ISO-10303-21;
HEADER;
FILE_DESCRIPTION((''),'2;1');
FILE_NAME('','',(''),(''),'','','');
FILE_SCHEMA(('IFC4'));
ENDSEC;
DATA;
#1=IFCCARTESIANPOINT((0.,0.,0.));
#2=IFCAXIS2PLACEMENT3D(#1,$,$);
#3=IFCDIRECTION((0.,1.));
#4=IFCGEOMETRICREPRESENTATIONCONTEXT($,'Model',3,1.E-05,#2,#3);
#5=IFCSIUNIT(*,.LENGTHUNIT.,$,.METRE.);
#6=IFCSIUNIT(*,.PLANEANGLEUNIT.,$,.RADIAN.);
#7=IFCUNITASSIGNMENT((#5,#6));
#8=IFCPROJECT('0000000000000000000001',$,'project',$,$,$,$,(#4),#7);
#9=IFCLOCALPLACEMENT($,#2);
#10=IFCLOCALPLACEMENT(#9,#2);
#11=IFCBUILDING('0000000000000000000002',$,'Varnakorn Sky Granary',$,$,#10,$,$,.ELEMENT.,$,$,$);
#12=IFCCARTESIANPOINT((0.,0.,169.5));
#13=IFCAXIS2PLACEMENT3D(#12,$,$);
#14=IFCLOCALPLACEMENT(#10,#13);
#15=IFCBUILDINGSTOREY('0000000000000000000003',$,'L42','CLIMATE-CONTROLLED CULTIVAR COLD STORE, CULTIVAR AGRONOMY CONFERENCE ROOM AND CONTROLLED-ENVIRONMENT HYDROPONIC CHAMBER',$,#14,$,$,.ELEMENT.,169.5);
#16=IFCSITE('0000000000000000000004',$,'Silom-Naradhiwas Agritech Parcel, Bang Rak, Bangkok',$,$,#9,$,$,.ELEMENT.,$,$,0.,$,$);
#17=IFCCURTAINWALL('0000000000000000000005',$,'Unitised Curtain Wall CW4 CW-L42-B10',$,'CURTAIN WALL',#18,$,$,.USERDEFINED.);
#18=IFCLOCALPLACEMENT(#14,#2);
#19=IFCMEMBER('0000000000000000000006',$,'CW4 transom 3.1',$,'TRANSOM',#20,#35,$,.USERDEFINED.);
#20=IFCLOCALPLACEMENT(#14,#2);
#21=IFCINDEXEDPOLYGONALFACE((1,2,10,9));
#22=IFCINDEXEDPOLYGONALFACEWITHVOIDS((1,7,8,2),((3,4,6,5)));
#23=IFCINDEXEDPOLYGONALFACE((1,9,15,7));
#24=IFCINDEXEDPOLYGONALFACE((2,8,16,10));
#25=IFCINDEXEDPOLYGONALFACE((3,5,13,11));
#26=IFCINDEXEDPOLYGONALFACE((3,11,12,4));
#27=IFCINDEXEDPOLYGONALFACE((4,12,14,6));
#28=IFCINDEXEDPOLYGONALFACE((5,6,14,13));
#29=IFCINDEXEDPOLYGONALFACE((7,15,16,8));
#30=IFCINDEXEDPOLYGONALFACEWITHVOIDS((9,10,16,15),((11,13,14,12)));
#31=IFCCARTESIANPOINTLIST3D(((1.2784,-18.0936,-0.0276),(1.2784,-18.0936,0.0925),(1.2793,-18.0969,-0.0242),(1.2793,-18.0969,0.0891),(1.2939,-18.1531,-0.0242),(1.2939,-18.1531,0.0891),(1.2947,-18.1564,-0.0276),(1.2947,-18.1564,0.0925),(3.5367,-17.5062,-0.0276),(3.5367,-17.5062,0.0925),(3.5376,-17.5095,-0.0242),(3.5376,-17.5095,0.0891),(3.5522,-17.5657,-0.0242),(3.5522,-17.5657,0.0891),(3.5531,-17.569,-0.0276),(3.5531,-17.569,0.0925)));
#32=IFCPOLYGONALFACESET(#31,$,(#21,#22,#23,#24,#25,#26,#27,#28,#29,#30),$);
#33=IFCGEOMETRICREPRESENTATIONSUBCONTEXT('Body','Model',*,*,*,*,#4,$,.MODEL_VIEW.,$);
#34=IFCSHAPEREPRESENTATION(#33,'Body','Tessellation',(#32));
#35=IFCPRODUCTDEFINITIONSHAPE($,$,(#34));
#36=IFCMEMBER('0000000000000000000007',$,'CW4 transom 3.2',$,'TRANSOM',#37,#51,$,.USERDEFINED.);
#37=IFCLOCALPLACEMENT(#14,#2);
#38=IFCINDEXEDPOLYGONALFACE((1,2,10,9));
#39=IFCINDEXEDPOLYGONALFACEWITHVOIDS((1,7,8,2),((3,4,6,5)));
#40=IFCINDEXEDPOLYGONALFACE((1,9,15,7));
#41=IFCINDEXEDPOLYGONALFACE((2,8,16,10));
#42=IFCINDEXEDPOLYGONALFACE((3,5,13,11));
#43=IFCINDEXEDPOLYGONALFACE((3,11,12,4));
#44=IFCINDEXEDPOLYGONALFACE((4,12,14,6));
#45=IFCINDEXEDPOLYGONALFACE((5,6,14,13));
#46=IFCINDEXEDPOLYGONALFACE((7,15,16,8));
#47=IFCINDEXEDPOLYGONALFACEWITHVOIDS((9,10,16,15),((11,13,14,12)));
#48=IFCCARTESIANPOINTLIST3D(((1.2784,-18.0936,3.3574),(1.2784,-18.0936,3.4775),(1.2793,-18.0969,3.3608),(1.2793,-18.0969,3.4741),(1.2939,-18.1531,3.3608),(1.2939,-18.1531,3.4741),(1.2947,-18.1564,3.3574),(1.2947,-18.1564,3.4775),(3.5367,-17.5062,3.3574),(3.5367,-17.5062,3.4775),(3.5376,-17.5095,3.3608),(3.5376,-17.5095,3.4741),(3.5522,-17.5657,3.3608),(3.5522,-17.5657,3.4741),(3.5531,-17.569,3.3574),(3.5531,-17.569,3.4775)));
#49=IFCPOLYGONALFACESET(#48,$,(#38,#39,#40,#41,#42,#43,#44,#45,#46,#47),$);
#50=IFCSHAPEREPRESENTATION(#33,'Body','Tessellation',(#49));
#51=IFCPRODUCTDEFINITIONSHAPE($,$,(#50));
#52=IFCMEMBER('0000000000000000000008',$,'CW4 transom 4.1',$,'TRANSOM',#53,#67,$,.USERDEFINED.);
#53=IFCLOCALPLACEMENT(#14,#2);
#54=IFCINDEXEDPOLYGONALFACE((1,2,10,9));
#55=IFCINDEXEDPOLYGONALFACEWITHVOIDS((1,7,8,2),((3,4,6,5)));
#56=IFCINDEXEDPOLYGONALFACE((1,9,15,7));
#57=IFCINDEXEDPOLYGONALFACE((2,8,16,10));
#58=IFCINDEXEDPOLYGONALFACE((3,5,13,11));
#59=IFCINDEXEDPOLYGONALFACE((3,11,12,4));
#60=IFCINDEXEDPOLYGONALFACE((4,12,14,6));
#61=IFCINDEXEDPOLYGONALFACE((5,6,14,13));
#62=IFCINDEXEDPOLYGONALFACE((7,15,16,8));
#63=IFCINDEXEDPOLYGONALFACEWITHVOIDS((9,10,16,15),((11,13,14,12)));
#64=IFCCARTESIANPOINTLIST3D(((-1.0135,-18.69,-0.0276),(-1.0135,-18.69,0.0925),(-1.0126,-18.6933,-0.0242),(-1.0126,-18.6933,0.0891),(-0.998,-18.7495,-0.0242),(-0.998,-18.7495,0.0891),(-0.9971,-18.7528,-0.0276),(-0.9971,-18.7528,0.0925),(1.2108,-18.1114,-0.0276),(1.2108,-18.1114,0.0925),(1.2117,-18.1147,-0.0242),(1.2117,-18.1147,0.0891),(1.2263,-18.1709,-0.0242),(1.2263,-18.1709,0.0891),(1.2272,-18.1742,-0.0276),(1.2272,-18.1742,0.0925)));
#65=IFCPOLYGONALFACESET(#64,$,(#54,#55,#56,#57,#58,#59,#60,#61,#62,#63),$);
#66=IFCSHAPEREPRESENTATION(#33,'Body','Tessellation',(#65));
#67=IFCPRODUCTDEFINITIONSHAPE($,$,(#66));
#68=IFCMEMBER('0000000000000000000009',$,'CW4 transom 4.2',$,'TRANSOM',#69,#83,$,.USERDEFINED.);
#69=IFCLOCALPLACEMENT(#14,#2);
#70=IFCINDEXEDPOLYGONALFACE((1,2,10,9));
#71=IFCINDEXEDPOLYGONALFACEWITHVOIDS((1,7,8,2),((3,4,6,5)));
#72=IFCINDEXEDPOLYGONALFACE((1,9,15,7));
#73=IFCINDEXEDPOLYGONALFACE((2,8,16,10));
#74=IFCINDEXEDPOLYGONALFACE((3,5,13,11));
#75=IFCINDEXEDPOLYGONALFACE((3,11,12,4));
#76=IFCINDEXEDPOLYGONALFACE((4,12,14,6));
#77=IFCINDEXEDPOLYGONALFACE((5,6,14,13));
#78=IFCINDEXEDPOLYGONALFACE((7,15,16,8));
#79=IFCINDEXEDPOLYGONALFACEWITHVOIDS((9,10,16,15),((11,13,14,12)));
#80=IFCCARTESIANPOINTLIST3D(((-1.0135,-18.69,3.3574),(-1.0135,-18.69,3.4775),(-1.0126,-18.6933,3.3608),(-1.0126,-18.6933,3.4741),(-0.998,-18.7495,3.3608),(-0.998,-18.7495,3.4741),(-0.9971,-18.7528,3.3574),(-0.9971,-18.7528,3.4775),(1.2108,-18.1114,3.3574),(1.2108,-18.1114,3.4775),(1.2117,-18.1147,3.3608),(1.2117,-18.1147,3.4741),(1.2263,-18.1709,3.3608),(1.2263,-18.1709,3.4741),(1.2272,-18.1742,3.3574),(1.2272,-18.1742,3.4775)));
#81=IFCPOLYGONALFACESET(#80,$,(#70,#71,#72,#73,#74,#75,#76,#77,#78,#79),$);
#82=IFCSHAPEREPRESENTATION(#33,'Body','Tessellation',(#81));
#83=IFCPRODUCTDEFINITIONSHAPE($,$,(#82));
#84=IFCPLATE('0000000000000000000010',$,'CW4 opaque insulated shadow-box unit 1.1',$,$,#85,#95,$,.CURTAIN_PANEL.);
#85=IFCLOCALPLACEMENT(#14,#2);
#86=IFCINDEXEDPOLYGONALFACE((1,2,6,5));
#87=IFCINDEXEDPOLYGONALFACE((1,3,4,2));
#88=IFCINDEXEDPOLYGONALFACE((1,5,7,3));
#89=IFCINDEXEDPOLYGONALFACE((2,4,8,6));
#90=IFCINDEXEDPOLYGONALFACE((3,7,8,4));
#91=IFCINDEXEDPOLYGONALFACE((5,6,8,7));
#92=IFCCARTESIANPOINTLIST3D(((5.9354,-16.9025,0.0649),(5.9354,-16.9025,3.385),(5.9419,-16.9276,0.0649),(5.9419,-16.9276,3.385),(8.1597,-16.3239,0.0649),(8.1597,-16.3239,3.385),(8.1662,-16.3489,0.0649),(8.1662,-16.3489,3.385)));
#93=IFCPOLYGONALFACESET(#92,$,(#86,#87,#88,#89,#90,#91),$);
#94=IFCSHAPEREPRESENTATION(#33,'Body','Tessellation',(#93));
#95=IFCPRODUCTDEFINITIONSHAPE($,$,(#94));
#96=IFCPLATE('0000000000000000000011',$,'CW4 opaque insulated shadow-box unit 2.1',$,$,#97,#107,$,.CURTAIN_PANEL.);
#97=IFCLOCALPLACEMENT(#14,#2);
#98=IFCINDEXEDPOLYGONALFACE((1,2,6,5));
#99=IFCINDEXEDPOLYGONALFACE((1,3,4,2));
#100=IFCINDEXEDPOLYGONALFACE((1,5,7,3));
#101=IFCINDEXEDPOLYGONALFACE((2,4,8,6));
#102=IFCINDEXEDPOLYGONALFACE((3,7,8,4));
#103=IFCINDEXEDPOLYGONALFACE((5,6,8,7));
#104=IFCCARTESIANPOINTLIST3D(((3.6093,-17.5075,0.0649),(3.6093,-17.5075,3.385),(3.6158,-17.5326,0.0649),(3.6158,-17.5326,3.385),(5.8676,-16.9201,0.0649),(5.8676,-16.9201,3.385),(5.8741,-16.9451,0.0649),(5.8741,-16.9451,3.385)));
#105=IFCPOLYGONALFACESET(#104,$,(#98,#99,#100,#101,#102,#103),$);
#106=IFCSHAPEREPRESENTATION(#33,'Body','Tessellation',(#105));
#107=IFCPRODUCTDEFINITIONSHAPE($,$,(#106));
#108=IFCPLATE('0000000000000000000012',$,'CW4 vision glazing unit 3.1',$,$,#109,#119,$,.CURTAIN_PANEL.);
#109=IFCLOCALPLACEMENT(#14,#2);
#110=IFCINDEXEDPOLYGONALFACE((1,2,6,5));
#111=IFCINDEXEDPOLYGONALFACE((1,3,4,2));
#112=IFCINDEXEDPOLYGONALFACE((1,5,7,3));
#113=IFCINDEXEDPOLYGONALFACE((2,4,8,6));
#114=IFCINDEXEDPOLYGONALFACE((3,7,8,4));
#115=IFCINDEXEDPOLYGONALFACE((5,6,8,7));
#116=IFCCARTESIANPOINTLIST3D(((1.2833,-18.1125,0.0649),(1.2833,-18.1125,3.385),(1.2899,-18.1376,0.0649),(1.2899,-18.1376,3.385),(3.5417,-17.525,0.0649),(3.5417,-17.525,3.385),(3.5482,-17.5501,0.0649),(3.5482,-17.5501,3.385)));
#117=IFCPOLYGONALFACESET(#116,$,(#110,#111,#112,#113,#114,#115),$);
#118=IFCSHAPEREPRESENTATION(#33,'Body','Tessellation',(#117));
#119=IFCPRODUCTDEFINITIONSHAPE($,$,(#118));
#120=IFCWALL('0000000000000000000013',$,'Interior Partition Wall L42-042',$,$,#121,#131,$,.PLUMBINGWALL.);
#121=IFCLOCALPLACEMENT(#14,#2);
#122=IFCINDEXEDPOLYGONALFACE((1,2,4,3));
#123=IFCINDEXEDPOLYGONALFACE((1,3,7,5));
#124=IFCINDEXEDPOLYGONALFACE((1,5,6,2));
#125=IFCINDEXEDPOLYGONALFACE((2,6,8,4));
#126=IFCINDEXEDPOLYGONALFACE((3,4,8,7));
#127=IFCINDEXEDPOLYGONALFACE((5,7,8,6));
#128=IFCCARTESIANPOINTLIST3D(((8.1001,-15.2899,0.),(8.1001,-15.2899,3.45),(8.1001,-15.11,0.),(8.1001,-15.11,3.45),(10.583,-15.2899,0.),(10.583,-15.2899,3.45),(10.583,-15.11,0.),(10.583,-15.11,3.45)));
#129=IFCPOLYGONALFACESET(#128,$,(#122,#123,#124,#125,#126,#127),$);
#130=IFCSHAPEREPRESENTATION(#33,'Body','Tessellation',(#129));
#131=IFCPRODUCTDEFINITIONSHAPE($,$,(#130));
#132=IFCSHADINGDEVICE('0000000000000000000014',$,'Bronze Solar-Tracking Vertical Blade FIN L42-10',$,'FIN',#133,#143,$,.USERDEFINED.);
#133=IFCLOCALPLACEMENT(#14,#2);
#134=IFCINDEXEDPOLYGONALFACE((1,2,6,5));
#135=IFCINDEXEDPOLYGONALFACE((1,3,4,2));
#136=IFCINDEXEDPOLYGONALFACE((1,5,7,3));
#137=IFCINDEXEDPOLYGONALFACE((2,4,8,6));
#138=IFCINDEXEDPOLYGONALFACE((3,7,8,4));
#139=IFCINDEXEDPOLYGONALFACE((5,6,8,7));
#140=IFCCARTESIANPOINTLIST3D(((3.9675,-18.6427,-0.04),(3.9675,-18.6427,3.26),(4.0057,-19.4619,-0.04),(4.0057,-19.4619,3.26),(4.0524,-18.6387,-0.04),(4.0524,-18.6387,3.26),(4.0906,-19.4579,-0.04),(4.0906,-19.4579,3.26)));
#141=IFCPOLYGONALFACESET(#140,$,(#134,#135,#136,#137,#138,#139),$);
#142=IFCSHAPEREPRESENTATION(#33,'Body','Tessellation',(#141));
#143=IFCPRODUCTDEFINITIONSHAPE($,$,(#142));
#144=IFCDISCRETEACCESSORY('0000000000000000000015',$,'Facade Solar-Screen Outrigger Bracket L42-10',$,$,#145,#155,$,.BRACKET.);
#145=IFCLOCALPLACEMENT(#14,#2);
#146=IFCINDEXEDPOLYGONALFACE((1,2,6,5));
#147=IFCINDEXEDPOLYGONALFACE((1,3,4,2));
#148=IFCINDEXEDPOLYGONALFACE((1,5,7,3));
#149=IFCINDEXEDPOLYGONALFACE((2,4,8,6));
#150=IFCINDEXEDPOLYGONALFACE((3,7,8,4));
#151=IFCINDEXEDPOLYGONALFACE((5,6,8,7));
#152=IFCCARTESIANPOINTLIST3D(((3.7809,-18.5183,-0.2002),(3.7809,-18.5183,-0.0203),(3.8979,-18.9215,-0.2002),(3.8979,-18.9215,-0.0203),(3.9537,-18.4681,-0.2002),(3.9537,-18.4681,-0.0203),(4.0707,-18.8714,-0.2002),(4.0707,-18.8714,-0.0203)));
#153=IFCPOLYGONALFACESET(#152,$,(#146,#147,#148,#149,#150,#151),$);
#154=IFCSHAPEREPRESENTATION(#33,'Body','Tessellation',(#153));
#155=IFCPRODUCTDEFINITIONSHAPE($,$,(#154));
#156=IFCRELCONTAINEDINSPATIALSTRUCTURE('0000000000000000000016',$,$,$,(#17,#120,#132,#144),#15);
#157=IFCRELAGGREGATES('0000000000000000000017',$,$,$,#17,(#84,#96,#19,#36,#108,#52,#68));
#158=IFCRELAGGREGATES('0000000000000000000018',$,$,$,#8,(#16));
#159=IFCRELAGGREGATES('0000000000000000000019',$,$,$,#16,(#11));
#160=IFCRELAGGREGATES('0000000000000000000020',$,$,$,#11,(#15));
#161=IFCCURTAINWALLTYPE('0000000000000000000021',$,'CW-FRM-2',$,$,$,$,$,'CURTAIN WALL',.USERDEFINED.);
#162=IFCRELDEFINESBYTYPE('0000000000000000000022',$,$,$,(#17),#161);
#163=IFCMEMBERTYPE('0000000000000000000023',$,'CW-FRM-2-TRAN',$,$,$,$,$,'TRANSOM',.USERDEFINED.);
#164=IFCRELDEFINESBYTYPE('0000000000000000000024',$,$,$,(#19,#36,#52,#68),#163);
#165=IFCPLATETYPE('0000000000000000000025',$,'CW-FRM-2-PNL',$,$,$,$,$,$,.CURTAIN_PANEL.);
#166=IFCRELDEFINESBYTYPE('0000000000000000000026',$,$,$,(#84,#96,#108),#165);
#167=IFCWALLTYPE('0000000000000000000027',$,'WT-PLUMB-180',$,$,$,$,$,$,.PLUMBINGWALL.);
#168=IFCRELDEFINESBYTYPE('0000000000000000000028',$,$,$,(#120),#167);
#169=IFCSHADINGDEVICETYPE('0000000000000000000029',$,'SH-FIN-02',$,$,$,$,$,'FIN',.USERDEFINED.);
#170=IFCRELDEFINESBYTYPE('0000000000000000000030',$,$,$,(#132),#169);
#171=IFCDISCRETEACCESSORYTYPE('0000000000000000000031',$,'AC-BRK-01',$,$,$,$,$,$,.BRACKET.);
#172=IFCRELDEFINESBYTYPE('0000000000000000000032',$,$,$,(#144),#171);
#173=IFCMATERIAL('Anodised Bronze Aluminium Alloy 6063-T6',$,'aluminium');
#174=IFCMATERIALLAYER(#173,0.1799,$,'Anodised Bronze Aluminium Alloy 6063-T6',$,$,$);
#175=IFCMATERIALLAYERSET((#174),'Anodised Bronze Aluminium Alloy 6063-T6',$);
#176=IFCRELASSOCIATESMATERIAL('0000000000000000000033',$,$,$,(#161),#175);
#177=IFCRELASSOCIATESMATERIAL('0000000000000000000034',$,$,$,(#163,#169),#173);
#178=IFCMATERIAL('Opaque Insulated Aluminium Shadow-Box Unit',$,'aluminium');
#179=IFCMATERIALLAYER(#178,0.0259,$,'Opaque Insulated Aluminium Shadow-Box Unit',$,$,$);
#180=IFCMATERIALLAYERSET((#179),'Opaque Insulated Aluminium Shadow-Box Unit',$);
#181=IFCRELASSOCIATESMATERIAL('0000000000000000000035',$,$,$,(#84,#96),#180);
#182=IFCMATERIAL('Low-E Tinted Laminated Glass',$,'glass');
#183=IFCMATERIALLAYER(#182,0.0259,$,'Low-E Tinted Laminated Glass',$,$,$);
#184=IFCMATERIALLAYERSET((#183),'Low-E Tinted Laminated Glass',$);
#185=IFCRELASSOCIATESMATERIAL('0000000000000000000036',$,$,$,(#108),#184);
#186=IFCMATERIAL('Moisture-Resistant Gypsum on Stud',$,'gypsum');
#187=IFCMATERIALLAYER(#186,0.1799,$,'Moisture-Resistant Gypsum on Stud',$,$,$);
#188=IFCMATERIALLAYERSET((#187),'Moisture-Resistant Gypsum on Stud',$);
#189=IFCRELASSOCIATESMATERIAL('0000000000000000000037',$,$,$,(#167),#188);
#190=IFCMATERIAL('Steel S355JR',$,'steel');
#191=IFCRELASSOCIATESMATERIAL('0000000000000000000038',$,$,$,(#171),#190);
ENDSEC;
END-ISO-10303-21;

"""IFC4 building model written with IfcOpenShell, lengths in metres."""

from ifc_helpers import new_model, si_unit, direction, frame, frame_2d, origin, origin_2d, place, context, subcontext, project, spatial, rectangle, hollow_rectangle, extrude, source, transform, mapped, material, layer, layer_set, material_profile, profile_set, type_object, type_shapes, element, aggregate, save


model = new_model("IFC4")

# Units and contexts
model_context = context("Model", 3, precision=1e-05, world=origin(), true_north=direction((0.0, 1.0)))
body_context = subcontext(model_context, "Body", "Model", "MODEL_VIEW")
ifc_project = project(units=[si_unit("LENGTHUNIT", "METRE"), si_unit("PLANEANGLEUNIT", "RADIAN")], contexts=[model_context])

# Site, building, storey
site_placement = place(None, origin())
site = spatial("IfcSite", under=ifc_project, at=site_placement, Name="Silom-Naradhiwas Agritech Parcel, Bang Rak, Bangkok", CompositionType="ELEMENT", RefElevation=0.0)
building_placement = place(site_placement, origin())
building = spatial("IfcBuilding", under=site, at=building_placement, Name="Varnakorn Sky Granary", CompositionType="ELEMENT")
storey_placement = place(building_placement, frame((0.0, 0.0, 169.5)))
storey = spatial("IfcBuildingStorey", under=building, at=storey_placement, Name="L42", Description="CLIMATE-CONTROLLED CULTIVAR COLD STORE, CULTIVAR AGRONOMY CONFERENCE ROOM AND CONTROLLED-ENVIRONMENT HYDROPONIC CHAMBER", CompositionType="ELEMENT", Elevation=169.5)

# Shared definitions
ifc_material_1 = material(Name="Steel S355JR", Category="steel")

# Curtain wall, members, plates
ifc_material_2 = material(Name="Anodised Bronze Aluminium Alloy 6063-T6", Category="aluminium")
ifc_layer_1 = layer(ifc_material_2, 0.1799, Name="Anodised Bronze Aluminium Alloy 6063-T6")
ifc_layer_set_1 = layer_set([ifc_layer_1], Name="Anodised Bronze Aluminium Alloy 6063-T6")
curtain_wall_type = type_object("IfcCurtainWallType", Name="CW-FRM-2", ElementType="CURTAIN WALL", PredefinedType="USERDEFINED", material=ifc_layer_set_1)
curtain_wall_placement = place(storey_placement, origin())
curtain_wall = element("IfcCurtainWall", 1, at=curtain_wall_placement, inside=storey, type_object=curtain_wall_type, Name="Unitised Curtain Wall CW4 CW-L42-B10", ObjectType="CURTAIN WALL", PredefinedType="USERDEFINED")
ifc_material_profile_1 = material_profile(ifc_material_2, hollow_rectangle(XDim=0.0649, YDim=0.1201, WallThickness=0.0034, at=origin_2d()), Name="ALU TRAN 65x120")
ifc_profile_set_1 = profile_set([ifc_material_profile_1], Name="Anodised Bronze Aluminium Alloy 6063-T6")
member_type_1 = type_object("IfcMemberType", Name="CW-FRM-2-TRAN", ElementType="TRANSOM", PredefinedType="USERDEFINED", material=ifc_profile_set_1)
member_1_placement = place(storey_placement, frame((3.5449, -17.5376, 0.0325), z_axis=(-0.967797, -0.251732, 0.0), x_axis=(0.251732, -0.967797, 0.0)))
member_1 = element("IfcMember", 2, at=member_1_placement, type_object=member_type_1, Name="CW4 transom 3.1", ObjectType="TRANSOM", PredefinedType="USERDEFINED", context=body_context, shape_type="SweptSolid", body=[
    extrude(hollow_rectangle(XDim=0.0649, YDim=0.1201, WallThickness=0.0034, at=origin_2d()), origin(), (0.0, 0.0, 1.0), 2.3335),
])
member_2_placement = place(storey_placement, frame((3.5449, -17.5376, 3.4175), z_axis=(-0.967797, -0.251732, 0.0), x_axis=(0.251732, -0.967797, 0.0)))
member_2 = element("IfcMember", 3, at=member_2_placement, type_object=member_type_1, Name="CW4 transom 3.2", ObjectType="TRANSOM", PredefinedType="USERDEFINED", context=body_context, shape_type="SweptSolid", body=[
    extrude(hollow_rectangle(XDim=0.0649, YDim=0.1201, WallThickness=0.0034, at=origin_2d()), origin(), (0.0, 0.0, 1.0), 2.3335),
])
member_3_placement = place(storey_placement, frame((1.219, -18.1428, 0.0325), z_axis=(-0.967793, -0.251747, 0.0), x_axis=(0.251747, -0.967793, 0.0)))
member_3 = element("IfcMember", 4, at=member_3_placement, type_object=member_type_1, Name="CW4 transom 4.1", ObjectType="TRANSOM", PredefinedType="USERDEFINED", context=body_context, shape_type="SweptSolid", body=[
    extrude(hollow_rectangle(XDim=0.0649, YDim=0.1201, WallThickness=0.0034, at=origin_2d()), origin(), (0.0, 0.0, 1.0), 2.2983),
])
member_4_placement = place(storey_placement, frame((1.219, -18.1428, 3.4175), z_axis=(-0.967793, -0.251747, 0.0), x_axis=(0.251747, -0.967793, 0.0)))
member_4 = element("IfcMember", 5, at=member_4_placement, type_object=member_type_1, Name="CW4 transom 4.2", ObjectType="TRANSOM", PredefinedType="USERDEFINED", context=body_context, shape_type="SweptSolid", body=[
    extrude(hollow_rectangle(XDim=0.0649, YDim=0.1201, WallThickness=0.0034, at=origin_2d()), origin(), (0.0, 0.0, 1.0), 2.2983),
])
ifc_material_3 = material(Name="Opaque Insulated Aluminium Shadow-Box Unit", Category="aluminium")
ifc_layer_2 = layer(ifc_material_3, 0.0259, Name="Opaque Insulated Aluminium Shadow-Box Unit")
ifc_layer_set_2 = layer_set([ifc_layer_2], Name="Opaque Insulated Aluminium Shadow-Box Unit")
plate_type = type_object("IfcPlateType", Name="CW-FRM-2-PNL", PredefinedType="CURTAIN_PANEL")
shared_shape_1 = source(origin(), body_context, "Body", "SweptSolid", [
    extrude(rectangle(XDim=2.2983, YDim=0.0259, at=origin_2d()), origin(), (0.0, 0.0, 1.0), 3.3201),
])
plate_1_placement = place(storey_placement, frame((7.0508, -16.6257, 0.0649), z_axis=(0.0, 0.0, 1.0), x_axis=(-0.96779, -0.251759, 0.0)))
plate_1 = element("IfcPlate", 6, at=plate_1_placement, type_object=plate_type, material=ifc_layer_set_2, Name="CW4 opaque insulated shadow-box unit 1.1", PredefinedType="CURTAIN_PANEL", context=body_context, shape_type="MappedRepresentation", body=[
    mapped(shared_shape_1, transform((0.0, 0.0, 0.0), x_axis=(1.0, 0.0, 0.0), y_axis=(0.0, 1.0, 0.0), z_axis=(0.0, 0.0, 1.0), scale=1.0)),
])
shared_shape_2 = source(origin(), body_context, "Body", "SweptSolid", [
    extrude(rectangle(XDim=2.3335, YDim=0.0259, at=origin_2d()), origin(), (0.0, 0.0, 1.0), 3.3201),
])
type_shapes(plate_type, [shared_shape_1, shared_shape_2])
plate_2_placement = place(storey_placement, frame((4.7417, -17.2263, 0.0649), z_axis=(0.0, 0.0, 1.0), x_axis=(-0.96779, -0.251759, 0.0)))
plate_2 = element("IfcPlate", 7, at=plate_2_placement, type_object=plate_type, material=ifc_layer_set_2, Name="CW4 opaque insulated shadow-box unit 2.1", PredefinedType="CURTAIN_PANEL", context=body_context, shape_type="MappedRepresentation", body=[
    mapped(shared_shape_2, transform((0.0, 0.0, 0.0), x_axis=(1.0, 0.0, 0.0), y_axis=(0.0, 1.0, 0.0), z_axis=(0.0, 0.0, 1.0), scale=1.0)),
])
ifc_material_4 = material(Name="Low-E Tinted Laminated Glass", Category="glass")
ifc_layer_3 = layer(ifc_material_4, 0.0259, Name="Low-E Tinted Laminated Glass")
ifc_layer_set_3 = layer_set([ifc_layer_3], Name="Low-E Tinted Laminated Glass")
plate_3_placement = place(storey_placement, frame((2.4158, -17.8313, 0.0649), z_axis=(0.0, 0.0, 1.0), x_axis=(-0.96779, -0.251759, 0.0)))
plate_3 = element("IfcPlate", 8, at=plate_3_placement, type_object=plate_type, material=ifc_layer_set_3, Name="CW4 vision glazing unit 3.1", PredefinedType="CURTAIN_PANEL", context=body_context, shape_type="MappedRepresentation", body=[
    mapped(shared_shape_2, transform((0.0, 0.0, 0.0), x_axis=(1.0, 0.0, 0.0), y_axis=(0.0, 1.0, 0.0), z_axis=(0.0, 0.0, 1.0), scale=1.0)),
])
aggregate(curtain_wall, [plate_1, plate_2, member_1, member_2, plate_3, member_3, member_4])

# Wall
ifc_material_5 = material(Name="Moisture-Resistant Gypsum on Stud", Category="gypsum")
ifc_layer_4 = layer(ifc_material_5, 0.1799, Name="Moisture-Resistant Gypsum on Stud")
ifc_layer_set_4 = layer_set([ifc_layer_4], Name="Moisture-Resistant Gypsum on Stud")
wall_type = type_object("IfcWallType", Name="WT-PLUMB-180", PredefinedType="PLUMBINGWALL", material=ifc_layer_set_4)
wall_placement = place(storey_placement, frame((8.1001, -15.2, 0.0), z_axis=(0.0, 0.0, 1.0), x_axis=(1.0, 0.0, 0.0)))
element("IfcWall", 9, at=wall_placement, inside=storey, type_object=wall_type, Name="Interior Partition Wall L42-042", PredefinedType="PLUMBINGWALL", context=body_context, shape_type="SweptSolid", body=[
    extrude(rectangle(XDim=2.4829, YDim=0.1799, at=frame_2d((1.2415, 0.0))), origin(), (0.0, 0.0, 1.0), 3.45),
])

# Shading device
shading_device_type = type_object("IfcShadingDeviceType", Name="SH-FIN-02", ElementType="FIN", PredefinedType="USERDEFINED", material=ifc_material_2)
shared_shape_3 = source(origin(), body_context, "Body", "SweptSolid", [
    extrude(rectangle(XDim=0.085, YDim=0.8201, at=origin_2d()), origin(), (0.0, 0.0, 1.0), 3.3),
])
type_shapes(shading_device_type, [shared_shape_3])
shading_device_placement = place(storey_placement, frame((4.0291, -19.0503, -0.04), z_axis=(0.0, 0.0, 1.0), x_axis=(0.998914, 0.046599, 0.0)))
element("IfcShadingDevice", 10, at=shading_device_placement, inside=storey, type_object=shading_device_type, Name="Bronze Solar-Tracking Vertical Blade FIN L42-10", ObjectType="FIN", PredefinedType="USERDEFINED", context=body_context, shape_type="MappedRepresentation", body=[
    mapped(shared_shape_3, transform((0.0, 0.0, 0.0), x_axis=(1.0, 0.0, 0.0), y_axis=(0.0, 1.0, 0.0), z_axis=(0.0, 0.0, 1.0), scale=1.0)),
])

# Discrete accessory
discrete_accessory_type = type_object("IfcDiscreteAccessoryType", Name="AC-BRK-01", PredefinedType="BRACKET", material=ifc_material_1)
shared_shape_4 = source(origin(), body_context, "Body", "SweptSolid", [
    extrude(rectangle(XDim=0.1799, YDim=0.4199, at=origin_2d()), origin(), (0.0, 0.0, 1.0), 0.1799),
])
type_shapes(discrete_accessory_type, [shared_shape_4])
discrete_accessory_placement = place(storey_placement, frame((3.9258, -18.6948, -0.2002), z_axis=(0.0, 0.0, 1.0), x_axis=(0.960368, 0.278735, 0.0)))
element("IfcDiscreteAccessory", 11, at=discrete_accessory_placement, inside=storey, type_object=discrete_accessory_type, Name="Facade Solar-Screen Outrigger Bracket L42-10", PredefinedType="BRACKET", context=body_context, shape_type="MappedRepresentation", body=[
    mapped(shared_shape_4, transform((0.0, 0.0, 0.0), x_axis=(1.0, 0.0, 0.0), y_axis=(0.0, 1.0, 0.0), z_axis=(0.0, 0.0, 1.0), scale=1.0)),
])

save(model, "model.ifc")
